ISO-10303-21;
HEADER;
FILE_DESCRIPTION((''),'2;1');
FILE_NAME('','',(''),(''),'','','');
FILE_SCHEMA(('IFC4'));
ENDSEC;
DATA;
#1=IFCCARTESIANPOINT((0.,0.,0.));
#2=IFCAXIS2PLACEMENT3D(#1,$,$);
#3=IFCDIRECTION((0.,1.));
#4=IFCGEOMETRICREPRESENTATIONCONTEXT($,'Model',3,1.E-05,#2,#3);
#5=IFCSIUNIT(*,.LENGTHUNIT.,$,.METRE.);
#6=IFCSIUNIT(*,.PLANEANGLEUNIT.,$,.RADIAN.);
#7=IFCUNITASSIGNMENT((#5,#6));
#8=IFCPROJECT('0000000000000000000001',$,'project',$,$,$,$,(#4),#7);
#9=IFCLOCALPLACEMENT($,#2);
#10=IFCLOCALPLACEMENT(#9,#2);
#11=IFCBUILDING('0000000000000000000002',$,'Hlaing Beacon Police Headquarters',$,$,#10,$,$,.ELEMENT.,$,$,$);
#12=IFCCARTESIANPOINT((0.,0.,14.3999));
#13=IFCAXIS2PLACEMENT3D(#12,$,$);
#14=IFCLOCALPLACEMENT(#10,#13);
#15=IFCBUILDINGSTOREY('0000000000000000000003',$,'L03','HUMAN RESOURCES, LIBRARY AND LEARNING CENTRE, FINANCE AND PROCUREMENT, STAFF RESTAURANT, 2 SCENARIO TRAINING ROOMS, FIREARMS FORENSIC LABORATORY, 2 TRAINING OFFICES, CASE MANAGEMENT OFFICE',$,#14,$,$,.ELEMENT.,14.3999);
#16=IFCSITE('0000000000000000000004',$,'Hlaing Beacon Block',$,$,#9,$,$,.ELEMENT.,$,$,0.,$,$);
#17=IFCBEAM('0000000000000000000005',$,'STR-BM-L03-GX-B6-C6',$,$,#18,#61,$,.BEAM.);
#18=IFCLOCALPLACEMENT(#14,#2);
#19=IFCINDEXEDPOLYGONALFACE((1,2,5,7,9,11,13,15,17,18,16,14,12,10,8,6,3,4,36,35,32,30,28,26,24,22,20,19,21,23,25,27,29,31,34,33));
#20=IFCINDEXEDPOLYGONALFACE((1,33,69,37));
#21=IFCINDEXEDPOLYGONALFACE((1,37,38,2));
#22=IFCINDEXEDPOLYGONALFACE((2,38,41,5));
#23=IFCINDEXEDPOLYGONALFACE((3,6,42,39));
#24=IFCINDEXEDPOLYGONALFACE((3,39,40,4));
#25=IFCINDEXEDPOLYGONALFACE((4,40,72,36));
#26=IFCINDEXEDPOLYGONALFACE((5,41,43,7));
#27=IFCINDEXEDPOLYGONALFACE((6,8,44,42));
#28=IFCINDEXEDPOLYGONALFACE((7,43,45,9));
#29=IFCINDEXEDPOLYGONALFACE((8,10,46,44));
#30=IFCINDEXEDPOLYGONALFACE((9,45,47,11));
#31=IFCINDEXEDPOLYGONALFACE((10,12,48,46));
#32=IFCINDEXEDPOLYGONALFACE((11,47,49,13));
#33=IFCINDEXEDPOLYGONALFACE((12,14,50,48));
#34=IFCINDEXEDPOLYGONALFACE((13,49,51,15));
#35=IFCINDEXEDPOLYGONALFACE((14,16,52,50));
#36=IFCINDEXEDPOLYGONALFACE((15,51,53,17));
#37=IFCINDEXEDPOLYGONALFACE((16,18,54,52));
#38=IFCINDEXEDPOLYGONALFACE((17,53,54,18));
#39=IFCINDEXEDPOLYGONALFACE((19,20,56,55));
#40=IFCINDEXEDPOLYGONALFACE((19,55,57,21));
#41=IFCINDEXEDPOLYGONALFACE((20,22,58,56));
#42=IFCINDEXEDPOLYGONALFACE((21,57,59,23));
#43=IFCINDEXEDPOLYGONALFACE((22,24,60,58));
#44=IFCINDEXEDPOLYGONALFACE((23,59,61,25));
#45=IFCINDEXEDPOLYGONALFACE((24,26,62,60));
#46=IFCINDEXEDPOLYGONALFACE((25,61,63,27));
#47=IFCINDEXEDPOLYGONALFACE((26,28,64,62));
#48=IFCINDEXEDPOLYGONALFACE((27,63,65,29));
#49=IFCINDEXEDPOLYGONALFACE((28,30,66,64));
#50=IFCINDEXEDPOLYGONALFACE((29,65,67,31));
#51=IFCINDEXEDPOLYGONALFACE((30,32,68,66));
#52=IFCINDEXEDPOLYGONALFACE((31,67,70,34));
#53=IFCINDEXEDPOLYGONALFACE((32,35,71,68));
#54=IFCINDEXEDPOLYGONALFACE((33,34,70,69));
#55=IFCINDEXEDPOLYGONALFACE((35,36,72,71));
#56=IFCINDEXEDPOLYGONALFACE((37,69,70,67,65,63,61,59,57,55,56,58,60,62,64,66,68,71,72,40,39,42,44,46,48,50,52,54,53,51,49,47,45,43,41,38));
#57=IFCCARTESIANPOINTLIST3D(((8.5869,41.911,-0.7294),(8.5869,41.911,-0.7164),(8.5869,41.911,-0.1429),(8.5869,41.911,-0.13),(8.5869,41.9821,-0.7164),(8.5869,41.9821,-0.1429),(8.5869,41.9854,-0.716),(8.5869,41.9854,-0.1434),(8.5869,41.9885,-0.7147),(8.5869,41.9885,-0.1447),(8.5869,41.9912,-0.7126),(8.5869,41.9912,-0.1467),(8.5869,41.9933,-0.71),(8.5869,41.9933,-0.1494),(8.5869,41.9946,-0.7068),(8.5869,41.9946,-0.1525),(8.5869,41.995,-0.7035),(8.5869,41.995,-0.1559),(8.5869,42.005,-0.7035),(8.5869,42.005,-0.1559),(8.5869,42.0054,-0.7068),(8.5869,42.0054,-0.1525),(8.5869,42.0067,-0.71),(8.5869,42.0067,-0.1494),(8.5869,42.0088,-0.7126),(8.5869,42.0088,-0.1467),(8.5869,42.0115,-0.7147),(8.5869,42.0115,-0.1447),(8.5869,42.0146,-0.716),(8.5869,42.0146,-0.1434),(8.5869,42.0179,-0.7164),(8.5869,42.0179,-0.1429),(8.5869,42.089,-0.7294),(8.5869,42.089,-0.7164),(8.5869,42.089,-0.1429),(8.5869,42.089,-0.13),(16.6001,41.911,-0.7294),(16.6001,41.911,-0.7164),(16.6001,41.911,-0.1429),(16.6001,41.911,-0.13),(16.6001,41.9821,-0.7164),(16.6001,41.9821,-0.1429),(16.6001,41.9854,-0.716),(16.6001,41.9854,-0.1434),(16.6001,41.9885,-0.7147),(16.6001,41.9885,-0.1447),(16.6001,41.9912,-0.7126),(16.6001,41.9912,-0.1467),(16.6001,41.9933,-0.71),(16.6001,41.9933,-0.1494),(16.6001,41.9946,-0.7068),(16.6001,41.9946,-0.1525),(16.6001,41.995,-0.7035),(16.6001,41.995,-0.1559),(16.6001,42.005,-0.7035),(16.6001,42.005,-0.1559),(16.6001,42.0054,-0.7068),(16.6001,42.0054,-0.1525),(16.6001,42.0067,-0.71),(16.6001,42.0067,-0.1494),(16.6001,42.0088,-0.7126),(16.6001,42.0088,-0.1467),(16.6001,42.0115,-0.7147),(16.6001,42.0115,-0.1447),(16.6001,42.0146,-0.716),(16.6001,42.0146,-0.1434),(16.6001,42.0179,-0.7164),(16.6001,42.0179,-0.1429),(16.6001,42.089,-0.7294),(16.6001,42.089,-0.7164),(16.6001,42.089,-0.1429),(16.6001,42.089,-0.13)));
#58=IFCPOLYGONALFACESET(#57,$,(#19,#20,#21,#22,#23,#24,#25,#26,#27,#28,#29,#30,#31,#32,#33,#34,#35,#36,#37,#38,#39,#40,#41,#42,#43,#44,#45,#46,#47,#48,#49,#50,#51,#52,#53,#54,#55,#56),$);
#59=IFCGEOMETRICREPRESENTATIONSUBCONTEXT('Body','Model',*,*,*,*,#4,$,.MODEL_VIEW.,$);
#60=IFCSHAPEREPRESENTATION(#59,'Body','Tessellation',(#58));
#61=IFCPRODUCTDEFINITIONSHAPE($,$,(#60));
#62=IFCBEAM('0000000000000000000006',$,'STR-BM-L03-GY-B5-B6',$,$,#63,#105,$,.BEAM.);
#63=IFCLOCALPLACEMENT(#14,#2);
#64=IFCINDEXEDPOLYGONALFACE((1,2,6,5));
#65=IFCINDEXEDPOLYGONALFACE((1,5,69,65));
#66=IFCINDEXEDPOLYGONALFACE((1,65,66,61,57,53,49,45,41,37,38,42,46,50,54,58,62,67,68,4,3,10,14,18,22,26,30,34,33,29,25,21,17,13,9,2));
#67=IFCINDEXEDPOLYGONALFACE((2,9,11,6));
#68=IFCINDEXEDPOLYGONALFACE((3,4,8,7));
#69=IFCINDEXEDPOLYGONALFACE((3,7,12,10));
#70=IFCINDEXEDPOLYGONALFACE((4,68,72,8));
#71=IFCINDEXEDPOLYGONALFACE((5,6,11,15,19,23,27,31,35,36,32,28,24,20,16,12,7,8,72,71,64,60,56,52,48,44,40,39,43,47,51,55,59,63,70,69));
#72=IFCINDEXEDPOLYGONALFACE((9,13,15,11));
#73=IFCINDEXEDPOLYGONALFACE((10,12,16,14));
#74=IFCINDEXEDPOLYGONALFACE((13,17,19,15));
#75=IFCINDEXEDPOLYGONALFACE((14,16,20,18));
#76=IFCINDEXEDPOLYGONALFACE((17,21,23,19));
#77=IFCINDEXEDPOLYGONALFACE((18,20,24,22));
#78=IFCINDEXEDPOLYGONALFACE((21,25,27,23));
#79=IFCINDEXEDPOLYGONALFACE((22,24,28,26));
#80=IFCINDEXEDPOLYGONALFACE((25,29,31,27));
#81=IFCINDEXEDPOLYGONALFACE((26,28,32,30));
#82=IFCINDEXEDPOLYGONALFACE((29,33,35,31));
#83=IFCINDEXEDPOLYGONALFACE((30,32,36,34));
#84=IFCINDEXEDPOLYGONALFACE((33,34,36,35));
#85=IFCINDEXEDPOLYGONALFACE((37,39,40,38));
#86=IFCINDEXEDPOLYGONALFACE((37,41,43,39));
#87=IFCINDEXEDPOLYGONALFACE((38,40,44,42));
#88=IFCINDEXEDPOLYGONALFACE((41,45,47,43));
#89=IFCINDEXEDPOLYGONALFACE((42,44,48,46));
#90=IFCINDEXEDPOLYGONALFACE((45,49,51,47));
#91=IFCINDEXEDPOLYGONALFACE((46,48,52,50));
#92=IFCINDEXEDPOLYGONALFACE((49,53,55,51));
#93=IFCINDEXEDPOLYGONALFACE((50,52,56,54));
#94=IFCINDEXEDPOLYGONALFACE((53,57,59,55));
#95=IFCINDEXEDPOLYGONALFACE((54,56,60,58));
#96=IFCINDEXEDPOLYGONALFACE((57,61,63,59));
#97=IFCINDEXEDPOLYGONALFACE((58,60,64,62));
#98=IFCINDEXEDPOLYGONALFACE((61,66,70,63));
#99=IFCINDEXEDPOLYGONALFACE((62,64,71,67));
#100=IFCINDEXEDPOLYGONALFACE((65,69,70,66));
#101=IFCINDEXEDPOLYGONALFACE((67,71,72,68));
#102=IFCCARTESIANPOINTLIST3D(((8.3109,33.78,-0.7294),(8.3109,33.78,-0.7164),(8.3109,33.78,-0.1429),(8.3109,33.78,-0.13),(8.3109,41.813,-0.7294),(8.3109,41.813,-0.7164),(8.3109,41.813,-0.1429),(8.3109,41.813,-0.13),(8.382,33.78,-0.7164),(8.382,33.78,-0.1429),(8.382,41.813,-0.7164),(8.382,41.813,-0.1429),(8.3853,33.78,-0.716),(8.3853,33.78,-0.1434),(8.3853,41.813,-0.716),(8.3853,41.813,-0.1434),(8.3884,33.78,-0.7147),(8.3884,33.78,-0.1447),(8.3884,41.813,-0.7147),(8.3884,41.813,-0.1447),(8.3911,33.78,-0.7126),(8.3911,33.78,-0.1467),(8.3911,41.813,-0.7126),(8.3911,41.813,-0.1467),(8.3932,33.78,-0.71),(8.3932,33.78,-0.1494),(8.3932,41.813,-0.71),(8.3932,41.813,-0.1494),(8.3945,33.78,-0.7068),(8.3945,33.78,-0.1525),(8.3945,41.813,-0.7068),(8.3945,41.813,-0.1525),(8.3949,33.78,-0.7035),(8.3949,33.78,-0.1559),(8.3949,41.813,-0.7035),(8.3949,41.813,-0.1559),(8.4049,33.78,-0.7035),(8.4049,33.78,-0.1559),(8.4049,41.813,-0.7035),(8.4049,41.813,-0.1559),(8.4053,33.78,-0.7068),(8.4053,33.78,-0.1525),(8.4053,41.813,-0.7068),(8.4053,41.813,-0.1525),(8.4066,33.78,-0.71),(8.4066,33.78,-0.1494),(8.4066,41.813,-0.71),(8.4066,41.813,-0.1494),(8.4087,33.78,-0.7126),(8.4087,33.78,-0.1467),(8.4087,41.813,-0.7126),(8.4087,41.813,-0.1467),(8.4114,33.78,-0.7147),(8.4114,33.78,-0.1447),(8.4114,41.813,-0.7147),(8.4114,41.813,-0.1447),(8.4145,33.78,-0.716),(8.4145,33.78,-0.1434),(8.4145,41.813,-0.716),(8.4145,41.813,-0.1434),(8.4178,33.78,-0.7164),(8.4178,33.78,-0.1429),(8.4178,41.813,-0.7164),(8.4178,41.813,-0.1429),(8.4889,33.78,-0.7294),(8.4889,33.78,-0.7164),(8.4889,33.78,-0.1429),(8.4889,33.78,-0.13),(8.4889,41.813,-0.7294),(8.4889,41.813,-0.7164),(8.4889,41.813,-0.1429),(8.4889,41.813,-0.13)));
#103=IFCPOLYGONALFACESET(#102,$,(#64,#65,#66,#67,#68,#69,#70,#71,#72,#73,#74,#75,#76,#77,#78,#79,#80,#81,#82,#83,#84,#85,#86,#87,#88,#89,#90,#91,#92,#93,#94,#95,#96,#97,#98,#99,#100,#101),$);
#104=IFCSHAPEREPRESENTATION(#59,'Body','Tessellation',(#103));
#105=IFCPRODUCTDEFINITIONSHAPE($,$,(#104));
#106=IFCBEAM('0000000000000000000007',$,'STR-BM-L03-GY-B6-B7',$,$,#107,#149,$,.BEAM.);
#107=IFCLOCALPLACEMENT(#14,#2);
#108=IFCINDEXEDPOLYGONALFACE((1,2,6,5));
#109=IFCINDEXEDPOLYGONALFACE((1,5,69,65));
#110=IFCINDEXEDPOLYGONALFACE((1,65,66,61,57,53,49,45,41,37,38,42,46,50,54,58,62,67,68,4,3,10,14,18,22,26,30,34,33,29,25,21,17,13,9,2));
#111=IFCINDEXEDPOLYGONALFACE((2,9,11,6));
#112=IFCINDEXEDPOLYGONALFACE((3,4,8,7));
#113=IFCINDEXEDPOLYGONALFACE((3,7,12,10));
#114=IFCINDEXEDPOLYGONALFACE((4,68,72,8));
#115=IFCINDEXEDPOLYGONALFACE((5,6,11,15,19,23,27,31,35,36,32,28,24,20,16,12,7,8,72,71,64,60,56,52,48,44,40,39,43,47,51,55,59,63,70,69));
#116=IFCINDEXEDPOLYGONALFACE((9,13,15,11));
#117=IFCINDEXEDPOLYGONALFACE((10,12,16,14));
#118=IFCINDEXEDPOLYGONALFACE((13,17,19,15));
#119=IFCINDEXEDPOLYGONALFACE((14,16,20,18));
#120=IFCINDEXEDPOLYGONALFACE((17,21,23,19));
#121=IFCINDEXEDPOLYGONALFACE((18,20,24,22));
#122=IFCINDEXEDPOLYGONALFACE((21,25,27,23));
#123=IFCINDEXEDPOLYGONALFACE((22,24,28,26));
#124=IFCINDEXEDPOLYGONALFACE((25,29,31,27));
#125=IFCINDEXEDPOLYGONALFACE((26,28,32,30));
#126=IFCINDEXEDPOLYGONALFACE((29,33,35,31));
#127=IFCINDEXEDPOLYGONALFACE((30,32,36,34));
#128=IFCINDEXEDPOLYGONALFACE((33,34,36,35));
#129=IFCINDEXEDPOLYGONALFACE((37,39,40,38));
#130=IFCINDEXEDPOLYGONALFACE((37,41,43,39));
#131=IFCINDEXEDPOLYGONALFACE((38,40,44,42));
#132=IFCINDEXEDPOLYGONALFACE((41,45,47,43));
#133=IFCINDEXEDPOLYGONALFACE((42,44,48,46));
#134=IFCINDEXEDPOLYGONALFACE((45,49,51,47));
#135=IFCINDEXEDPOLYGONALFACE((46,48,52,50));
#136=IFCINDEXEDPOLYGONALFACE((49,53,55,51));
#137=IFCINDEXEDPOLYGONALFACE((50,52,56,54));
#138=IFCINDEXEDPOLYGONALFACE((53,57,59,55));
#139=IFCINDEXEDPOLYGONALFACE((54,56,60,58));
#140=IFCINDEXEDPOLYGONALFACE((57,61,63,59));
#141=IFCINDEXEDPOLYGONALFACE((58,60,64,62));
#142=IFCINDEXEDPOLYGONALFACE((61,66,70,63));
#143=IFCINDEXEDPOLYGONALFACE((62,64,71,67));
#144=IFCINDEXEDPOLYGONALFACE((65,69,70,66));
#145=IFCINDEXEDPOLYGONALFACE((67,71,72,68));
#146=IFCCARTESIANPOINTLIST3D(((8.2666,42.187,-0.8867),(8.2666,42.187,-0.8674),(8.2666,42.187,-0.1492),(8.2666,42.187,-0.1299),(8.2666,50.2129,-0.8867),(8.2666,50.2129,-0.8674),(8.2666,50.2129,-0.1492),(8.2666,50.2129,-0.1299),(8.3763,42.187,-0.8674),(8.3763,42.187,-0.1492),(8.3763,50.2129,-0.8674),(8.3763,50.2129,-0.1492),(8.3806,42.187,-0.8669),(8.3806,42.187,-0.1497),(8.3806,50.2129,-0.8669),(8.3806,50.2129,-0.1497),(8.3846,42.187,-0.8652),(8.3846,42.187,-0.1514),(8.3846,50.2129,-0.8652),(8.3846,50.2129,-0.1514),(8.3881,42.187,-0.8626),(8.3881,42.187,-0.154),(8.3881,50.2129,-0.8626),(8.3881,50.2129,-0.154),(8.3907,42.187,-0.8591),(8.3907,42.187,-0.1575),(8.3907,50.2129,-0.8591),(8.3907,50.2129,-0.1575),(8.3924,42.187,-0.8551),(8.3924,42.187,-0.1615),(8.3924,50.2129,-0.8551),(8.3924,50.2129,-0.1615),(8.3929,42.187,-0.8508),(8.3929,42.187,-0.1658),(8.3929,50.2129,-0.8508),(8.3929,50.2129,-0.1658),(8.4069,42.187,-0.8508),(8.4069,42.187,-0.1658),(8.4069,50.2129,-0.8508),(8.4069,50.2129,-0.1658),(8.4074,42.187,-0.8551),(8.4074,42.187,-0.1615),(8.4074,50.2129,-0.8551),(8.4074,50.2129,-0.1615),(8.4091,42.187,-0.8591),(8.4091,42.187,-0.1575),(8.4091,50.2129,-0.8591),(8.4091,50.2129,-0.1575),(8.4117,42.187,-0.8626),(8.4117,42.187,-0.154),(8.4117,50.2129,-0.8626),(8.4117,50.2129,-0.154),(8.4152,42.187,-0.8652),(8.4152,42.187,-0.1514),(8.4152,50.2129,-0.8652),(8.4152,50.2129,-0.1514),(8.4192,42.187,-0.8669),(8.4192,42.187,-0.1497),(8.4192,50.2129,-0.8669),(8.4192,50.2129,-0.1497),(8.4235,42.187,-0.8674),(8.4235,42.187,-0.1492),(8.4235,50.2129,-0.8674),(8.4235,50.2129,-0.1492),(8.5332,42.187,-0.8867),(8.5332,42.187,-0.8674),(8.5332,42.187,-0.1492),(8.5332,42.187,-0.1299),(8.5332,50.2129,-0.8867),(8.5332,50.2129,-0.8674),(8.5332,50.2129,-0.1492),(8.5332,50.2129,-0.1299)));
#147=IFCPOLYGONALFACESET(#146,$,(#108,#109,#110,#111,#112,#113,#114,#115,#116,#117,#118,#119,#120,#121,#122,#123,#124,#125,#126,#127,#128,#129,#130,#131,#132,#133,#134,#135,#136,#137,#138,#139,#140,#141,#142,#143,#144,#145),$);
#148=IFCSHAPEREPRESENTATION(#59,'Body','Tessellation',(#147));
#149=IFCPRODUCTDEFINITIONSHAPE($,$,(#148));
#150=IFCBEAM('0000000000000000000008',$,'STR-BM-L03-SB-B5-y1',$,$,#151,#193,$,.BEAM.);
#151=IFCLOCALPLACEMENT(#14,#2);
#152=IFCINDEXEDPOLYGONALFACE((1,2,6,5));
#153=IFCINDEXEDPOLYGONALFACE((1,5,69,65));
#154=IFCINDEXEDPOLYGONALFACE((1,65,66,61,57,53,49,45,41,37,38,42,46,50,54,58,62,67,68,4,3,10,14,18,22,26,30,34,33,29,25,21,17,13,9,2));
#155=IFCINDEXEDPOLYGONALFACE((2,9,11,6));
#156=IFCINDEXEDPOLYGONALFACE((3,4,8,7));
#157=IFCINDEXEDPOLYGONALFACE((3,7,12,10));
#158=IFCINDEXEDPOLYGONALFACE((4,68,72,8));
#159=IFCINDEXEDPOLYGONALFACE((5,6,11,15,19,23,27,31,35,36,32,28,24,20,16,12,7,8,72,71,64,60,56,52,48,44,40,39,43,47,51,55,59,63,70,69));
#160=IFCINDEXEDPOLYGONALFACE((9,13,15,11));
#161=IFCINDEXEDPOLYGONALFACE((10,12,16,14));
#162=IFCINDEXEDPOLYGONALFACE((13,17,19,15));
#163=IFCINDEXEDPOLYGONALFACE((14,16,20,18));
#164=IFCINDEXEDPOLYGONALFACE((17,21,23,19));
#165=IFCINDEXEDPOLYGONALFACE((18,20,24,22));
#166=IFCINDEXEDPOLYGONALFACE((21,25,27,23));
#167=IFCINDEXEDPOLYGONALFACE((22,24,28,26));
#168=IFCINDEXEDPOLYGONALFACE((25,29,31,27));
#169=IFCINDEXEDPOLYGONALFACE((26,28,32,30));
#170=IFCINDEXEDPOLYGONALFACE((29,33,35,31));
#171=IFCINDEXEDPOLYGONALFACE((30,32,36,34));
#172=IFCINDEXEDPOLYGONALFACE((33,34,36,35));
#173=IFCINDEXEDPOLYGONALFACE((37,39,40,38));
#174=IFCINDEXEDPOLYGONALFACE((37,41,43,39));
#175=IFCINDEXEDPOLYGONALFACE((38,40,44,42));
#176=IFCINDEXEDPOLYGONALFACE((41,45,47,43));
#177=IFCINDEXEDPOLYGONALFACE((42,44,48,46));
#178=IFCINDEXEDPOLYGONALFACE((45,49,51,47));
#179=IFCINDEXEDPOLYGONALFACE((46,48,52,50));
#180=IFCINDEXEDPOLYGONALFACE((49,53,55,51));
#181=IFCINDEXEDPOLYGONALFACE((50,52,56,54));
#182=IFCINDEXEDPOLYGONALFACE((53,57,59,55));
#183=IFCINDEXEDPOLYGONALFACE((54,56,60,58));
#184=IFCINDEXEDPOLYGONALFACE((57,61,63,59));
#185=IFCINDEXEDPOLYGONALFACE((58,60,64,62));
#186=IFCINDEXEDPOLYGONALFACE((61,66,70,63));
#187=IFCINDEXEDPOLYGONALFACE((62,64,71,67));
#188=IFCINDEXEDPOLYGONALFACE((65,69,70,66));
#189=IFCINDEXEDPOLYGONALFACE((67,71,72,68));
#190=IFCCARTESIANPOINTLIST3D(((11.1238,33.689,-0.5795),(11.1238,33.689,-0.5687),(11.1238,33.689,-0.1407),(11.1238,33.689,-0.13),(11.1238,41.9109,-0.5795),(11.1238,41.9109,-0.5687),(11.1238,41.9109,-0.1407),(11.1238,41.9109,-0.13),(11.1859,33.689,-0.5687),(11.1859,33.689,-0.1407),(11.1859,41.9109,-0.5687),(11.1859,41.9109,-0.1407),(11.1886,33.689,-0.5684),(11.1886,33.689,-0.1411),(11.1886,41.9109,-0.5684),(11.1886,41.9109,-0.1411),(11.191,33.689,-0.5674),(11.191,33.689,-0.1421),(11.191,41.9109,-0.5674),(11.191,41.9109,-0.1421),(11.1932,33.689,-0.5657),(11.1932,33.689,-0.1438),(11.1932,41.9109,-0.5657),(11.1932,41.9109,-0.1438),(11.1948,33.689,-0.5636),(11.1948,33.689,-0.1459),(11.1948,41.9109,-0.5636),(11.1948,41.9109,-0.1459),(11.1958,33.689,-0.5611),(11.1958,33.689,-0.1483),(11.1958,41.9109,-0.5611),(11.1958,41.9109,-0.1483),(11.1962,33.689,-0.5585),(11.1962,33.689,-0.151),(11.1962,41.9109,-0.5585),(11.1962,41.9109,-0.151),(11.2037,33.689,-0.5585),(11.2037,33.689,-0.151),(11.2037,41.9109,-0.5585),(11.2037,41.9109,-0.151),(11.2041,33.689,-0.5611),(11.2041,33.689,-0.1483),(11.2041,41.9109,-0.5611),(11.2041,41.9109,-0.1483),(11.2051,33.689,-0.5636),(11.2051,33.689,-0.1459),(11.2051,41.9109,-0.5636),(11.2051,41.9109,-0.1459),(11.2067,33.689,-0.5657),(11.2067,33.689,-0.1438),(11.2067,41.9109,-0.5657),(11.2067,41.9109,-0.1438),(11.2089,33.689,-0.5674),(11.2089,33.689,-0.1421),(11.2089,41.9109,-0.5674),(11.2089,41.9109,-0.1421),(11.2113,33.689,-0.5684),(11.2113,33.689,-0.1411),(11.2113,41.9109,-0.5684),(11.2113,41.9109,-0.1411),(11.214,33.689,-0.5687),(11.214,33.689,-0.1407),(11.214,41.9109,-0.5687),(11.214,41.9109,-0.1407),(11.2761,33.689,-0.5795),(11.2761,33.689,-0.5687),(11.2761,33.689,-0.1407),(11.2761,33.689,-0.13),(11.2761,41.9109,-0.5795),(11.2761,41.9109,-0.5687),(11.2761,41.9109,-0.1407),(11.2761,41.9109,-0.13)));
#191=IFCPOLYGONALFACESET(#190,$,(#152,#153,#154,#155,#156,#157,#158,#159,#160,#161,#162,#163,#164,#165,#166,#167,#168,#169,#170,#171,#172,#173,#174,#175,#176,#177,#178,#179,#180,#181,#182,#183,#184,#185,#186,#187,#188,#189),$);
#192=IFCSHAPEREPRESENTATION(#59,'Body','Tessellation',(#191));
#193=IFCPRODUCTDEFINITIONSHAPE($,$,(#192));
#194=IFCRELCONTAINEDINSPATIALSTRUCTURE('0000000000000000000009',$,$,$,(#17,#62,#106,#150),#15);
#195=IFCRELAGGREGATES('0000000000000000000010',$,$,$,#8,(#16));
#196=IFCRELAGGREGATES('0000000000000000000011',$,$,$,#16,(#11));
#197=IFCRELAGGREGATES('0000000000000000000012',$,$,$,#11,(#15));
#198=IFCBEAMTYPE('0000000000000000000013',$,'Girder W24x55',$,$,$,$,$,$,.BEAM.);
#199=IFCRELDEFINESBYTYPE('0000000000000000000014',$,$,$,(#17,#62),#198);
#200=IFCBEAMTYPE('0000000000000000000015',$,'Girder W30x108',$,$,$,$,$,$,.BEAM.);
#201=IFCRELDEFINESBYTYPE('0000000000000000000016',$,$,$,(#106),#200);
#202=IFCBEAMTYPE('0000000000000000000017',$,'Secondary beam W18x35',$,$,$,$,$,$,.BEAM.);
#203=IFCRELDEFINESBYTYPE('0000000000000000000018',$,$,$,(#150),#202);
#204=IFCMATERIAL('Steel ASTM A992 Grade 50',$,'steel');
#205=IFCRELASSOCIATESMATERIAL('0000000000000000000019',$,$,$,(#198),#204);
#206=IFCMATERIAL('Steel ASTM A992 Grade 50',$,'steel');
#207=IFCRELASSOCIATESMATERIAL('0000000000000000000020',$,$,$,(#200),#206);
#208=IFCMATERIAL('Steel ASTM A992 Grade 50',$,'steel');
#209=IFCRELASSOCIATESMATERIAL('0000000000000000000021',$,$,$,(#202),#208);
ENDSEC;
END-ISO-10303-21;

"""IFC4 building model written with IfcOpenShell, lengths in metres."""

from ifc_helpers import new_model, si_unit, direction, frame, origin, origin_2d, place, context, subcontext, project, spatial, i_section, extrude, material, material_profile, profile_set, type_object, element, save


model = new_model("IFC4")

# Units and contexts
model_context = context("Model", 3, precision=1e-05, world=origin(), true_north=direction((0.0, 1.0)))
body_context = subcontext(model_context, "Body", "Model", "MODEL_VIEW")
ifc_project = project(units=[si_unit("LENGTHUNIT", "METRE"), si_unit("PLANEANGLEUNIT", "RADIAN")], contexts=[model_context])

# Site, building, storey
site_placement = place(None, origin())
site = spatial("IfcSite", under=ifc_project, at=site_placement, Name="Hlaing Beacon Block", CompositionType="ELEMENT", RefElevation=0.0)
building_placement = place(site_placement, origin())
building = spatial("IfcBuilding", under=site, at=building_placement, Name="Hlaing Beacon Police Headquarters", CompositionType="ELEMENT")
storey_placement = place(building_placement, frame((0.0, 0.0, 14.3999)))
storey = spatial("IfcBuildingStorey", under=building, at=storey_placement, Name="L03", Description="HUMAN RESOURCES, LIBRARY AND LEARNING CENTRE, FINANCE AND PROCUREMENT, STAFF RESTAURANT, 2 SCENARIO TRAINING ROOMS, FIREARMS FORENSIC LABORATORY, 2 TRAINING OFFICES, CASE MANAGEMENT OFFICE", CompositionType="ELEMENT", Elevation=14.3999)

# Beams
ifc_material_1 = material(Name="Steel ASTM A992 Grade 50", Category="steel")
ifc_material_profile_1 = material_profile(ifc_material_1, i_section(OverallWidth=0.178, OverallDepth=0.5994, WebThickness=0.01, FlangeThickness=0.0129, FilletRadius=0.0129, at=origin_2d()), Name="W24x55")
ifc_profile_set_1 = profile_set([ifc_material_profile_1], Name="Steel ASTM A992 Grade 50")
beam_type_1 = type_object("IfcBeamType", Name="Girder W24x55", PredefinedType="BEAM", material=ifc_profile_set_1)
beam_1_placement = place(storey_placement, frame((8.5869, 42.0, -0.4297), z_axis=(1.0, 0.0, 0.0), x_axis=(0.0, 1.0, 0.0)))
element("IfcBeam", 1, at=beam_1_placement, inside=storey, type_object=beam_type_1, Name="STR-BM-L03-GX-B6-C6", PredefinedType="BEAM", context=body_context, shape_type="SweptSolid", body=[
    extrude(i_section(OverallWidth=0.178, OverallDepth=0.5994, WebThickness=0.01, FlangeThickness=0.0129, FilletRadius=0.0129, at=origin_2d()), origin(), (0.0, 0.0, 1.0), 8.0132),
])
beam_2_placement = place(storey_placement, frame((8.3999, 33.78, -0.4297), z_axis=(0.0, 1.0, 0.0), x_axis=(-1.0, 0.0, 0.0)))
element("IfcBeam", 2, at=beam_2_placement, inside=storey, type_object=beam_type_1, Name="STR-BM-L03-GY-B5-B6", PredefinedType="BEAM", context=body_context, shape_type="SweptSolid", body=[
    extrude(i_section(OverallWidth=0.178, OverallDepth=0.5994, WebThickness=0.01, FlangeThickness=0.0129, FilletRadius=0.0129, at=origin_2d()), origin(), (0.0, 0.0, 1.0), 8.033),
])
ifc_material_2 = material(Name="Steel ASTM A992 Grade 50", Category="steel")
ifc_material_profile_2 = material_profile(ifc_material_2, i_section(OverallWidth=0.2666, OverallDepth=0.7568, WebThickness=0.0139, FlangeThickness=0.0193, FilletRadius=0.0166, at=origin_2d()), Name="W30x108")
ifc_profile_set_2 = profile_set([ifc_material_profile_2], Name="Steel ASTM A992 Grade 50")
beam_type_2 = type_object("IfcBeamType", Name="Girder W30x108", PredefinedType="BEAM", material=ifc_profile_set_2)
beam_3_placement = place(storey_placement, frame((8.3999, 42.187, -0.5083), z_axis=(0.0, 1.0, 0.0), x_axis=(-1.0, 0.0, 0.0)))
element("IfcBeam", 3, at=beam_3_placement, inside=storey, type_object=beam_type_2, Name="STR-BM-L03-GY-B6-B7", PredefinedType="BEAM", context=body_context, shape_type="SweptSolid", body=[
    extrude(i_section(OverallWidth=0.2666, OverallDepth=0.7568, WebThickness=0.0139, FlangeThickness=0.0193, FilletRadius=0.0166, at=origin_2d()), origin(), (0.0, 0.0, 1.0), 8.0259),
])
ifc_material_3 = material(Name="Steel ASTM A992 Grade 50", Category="steel")
ifc_material_profile_3 = material_profile(ifc_material_3, i_section(OverallWidth=0.1523, OverallDepth=0.4495, WebThickness=0.0076, FlangeThickness=0.0107, FilletRadius=0.0103, at=origin_2d()), Name="W18x35")
ifc_profile_set_3 = profile_set([ifc_material_profile_3], Name="Steel ASTM A992 Grade 50")
beam_type_3 = type_object("IfcBeamType", Name="Secondary beam W18x35", PredefinedType="BEAM", material=ifc_profile_set_3)
for number, where, z_axis, x_axis, name in (
    (4, (11.2, 33.689, -0.3547), (0.0, 1.0, 0.0), (-1.0, 0.0, 0.0), "STR-BM-L03-SB-B5-y1"),
):
    element("IfcBeam", number, at=place(storey_placement, frame(where, z_axis=z_axis, x_axis=x_axis)), inside=storey, type_object=beam_type_3, Name=name, PredefinedType="BEAM", context=body_context, shape_type="SweptSolid", body=[
        extrude(i_section(OverallWidth=0.1523, OverallDepth=0.4495, WebThickness=0.0076, FlangeThickness=0.0107, FilletRadius=0.0103, at=origin_2d()), origin(), (0.0, 0.0, 1.0), 8.2219),
    ])

save(model, "model.ifc")
